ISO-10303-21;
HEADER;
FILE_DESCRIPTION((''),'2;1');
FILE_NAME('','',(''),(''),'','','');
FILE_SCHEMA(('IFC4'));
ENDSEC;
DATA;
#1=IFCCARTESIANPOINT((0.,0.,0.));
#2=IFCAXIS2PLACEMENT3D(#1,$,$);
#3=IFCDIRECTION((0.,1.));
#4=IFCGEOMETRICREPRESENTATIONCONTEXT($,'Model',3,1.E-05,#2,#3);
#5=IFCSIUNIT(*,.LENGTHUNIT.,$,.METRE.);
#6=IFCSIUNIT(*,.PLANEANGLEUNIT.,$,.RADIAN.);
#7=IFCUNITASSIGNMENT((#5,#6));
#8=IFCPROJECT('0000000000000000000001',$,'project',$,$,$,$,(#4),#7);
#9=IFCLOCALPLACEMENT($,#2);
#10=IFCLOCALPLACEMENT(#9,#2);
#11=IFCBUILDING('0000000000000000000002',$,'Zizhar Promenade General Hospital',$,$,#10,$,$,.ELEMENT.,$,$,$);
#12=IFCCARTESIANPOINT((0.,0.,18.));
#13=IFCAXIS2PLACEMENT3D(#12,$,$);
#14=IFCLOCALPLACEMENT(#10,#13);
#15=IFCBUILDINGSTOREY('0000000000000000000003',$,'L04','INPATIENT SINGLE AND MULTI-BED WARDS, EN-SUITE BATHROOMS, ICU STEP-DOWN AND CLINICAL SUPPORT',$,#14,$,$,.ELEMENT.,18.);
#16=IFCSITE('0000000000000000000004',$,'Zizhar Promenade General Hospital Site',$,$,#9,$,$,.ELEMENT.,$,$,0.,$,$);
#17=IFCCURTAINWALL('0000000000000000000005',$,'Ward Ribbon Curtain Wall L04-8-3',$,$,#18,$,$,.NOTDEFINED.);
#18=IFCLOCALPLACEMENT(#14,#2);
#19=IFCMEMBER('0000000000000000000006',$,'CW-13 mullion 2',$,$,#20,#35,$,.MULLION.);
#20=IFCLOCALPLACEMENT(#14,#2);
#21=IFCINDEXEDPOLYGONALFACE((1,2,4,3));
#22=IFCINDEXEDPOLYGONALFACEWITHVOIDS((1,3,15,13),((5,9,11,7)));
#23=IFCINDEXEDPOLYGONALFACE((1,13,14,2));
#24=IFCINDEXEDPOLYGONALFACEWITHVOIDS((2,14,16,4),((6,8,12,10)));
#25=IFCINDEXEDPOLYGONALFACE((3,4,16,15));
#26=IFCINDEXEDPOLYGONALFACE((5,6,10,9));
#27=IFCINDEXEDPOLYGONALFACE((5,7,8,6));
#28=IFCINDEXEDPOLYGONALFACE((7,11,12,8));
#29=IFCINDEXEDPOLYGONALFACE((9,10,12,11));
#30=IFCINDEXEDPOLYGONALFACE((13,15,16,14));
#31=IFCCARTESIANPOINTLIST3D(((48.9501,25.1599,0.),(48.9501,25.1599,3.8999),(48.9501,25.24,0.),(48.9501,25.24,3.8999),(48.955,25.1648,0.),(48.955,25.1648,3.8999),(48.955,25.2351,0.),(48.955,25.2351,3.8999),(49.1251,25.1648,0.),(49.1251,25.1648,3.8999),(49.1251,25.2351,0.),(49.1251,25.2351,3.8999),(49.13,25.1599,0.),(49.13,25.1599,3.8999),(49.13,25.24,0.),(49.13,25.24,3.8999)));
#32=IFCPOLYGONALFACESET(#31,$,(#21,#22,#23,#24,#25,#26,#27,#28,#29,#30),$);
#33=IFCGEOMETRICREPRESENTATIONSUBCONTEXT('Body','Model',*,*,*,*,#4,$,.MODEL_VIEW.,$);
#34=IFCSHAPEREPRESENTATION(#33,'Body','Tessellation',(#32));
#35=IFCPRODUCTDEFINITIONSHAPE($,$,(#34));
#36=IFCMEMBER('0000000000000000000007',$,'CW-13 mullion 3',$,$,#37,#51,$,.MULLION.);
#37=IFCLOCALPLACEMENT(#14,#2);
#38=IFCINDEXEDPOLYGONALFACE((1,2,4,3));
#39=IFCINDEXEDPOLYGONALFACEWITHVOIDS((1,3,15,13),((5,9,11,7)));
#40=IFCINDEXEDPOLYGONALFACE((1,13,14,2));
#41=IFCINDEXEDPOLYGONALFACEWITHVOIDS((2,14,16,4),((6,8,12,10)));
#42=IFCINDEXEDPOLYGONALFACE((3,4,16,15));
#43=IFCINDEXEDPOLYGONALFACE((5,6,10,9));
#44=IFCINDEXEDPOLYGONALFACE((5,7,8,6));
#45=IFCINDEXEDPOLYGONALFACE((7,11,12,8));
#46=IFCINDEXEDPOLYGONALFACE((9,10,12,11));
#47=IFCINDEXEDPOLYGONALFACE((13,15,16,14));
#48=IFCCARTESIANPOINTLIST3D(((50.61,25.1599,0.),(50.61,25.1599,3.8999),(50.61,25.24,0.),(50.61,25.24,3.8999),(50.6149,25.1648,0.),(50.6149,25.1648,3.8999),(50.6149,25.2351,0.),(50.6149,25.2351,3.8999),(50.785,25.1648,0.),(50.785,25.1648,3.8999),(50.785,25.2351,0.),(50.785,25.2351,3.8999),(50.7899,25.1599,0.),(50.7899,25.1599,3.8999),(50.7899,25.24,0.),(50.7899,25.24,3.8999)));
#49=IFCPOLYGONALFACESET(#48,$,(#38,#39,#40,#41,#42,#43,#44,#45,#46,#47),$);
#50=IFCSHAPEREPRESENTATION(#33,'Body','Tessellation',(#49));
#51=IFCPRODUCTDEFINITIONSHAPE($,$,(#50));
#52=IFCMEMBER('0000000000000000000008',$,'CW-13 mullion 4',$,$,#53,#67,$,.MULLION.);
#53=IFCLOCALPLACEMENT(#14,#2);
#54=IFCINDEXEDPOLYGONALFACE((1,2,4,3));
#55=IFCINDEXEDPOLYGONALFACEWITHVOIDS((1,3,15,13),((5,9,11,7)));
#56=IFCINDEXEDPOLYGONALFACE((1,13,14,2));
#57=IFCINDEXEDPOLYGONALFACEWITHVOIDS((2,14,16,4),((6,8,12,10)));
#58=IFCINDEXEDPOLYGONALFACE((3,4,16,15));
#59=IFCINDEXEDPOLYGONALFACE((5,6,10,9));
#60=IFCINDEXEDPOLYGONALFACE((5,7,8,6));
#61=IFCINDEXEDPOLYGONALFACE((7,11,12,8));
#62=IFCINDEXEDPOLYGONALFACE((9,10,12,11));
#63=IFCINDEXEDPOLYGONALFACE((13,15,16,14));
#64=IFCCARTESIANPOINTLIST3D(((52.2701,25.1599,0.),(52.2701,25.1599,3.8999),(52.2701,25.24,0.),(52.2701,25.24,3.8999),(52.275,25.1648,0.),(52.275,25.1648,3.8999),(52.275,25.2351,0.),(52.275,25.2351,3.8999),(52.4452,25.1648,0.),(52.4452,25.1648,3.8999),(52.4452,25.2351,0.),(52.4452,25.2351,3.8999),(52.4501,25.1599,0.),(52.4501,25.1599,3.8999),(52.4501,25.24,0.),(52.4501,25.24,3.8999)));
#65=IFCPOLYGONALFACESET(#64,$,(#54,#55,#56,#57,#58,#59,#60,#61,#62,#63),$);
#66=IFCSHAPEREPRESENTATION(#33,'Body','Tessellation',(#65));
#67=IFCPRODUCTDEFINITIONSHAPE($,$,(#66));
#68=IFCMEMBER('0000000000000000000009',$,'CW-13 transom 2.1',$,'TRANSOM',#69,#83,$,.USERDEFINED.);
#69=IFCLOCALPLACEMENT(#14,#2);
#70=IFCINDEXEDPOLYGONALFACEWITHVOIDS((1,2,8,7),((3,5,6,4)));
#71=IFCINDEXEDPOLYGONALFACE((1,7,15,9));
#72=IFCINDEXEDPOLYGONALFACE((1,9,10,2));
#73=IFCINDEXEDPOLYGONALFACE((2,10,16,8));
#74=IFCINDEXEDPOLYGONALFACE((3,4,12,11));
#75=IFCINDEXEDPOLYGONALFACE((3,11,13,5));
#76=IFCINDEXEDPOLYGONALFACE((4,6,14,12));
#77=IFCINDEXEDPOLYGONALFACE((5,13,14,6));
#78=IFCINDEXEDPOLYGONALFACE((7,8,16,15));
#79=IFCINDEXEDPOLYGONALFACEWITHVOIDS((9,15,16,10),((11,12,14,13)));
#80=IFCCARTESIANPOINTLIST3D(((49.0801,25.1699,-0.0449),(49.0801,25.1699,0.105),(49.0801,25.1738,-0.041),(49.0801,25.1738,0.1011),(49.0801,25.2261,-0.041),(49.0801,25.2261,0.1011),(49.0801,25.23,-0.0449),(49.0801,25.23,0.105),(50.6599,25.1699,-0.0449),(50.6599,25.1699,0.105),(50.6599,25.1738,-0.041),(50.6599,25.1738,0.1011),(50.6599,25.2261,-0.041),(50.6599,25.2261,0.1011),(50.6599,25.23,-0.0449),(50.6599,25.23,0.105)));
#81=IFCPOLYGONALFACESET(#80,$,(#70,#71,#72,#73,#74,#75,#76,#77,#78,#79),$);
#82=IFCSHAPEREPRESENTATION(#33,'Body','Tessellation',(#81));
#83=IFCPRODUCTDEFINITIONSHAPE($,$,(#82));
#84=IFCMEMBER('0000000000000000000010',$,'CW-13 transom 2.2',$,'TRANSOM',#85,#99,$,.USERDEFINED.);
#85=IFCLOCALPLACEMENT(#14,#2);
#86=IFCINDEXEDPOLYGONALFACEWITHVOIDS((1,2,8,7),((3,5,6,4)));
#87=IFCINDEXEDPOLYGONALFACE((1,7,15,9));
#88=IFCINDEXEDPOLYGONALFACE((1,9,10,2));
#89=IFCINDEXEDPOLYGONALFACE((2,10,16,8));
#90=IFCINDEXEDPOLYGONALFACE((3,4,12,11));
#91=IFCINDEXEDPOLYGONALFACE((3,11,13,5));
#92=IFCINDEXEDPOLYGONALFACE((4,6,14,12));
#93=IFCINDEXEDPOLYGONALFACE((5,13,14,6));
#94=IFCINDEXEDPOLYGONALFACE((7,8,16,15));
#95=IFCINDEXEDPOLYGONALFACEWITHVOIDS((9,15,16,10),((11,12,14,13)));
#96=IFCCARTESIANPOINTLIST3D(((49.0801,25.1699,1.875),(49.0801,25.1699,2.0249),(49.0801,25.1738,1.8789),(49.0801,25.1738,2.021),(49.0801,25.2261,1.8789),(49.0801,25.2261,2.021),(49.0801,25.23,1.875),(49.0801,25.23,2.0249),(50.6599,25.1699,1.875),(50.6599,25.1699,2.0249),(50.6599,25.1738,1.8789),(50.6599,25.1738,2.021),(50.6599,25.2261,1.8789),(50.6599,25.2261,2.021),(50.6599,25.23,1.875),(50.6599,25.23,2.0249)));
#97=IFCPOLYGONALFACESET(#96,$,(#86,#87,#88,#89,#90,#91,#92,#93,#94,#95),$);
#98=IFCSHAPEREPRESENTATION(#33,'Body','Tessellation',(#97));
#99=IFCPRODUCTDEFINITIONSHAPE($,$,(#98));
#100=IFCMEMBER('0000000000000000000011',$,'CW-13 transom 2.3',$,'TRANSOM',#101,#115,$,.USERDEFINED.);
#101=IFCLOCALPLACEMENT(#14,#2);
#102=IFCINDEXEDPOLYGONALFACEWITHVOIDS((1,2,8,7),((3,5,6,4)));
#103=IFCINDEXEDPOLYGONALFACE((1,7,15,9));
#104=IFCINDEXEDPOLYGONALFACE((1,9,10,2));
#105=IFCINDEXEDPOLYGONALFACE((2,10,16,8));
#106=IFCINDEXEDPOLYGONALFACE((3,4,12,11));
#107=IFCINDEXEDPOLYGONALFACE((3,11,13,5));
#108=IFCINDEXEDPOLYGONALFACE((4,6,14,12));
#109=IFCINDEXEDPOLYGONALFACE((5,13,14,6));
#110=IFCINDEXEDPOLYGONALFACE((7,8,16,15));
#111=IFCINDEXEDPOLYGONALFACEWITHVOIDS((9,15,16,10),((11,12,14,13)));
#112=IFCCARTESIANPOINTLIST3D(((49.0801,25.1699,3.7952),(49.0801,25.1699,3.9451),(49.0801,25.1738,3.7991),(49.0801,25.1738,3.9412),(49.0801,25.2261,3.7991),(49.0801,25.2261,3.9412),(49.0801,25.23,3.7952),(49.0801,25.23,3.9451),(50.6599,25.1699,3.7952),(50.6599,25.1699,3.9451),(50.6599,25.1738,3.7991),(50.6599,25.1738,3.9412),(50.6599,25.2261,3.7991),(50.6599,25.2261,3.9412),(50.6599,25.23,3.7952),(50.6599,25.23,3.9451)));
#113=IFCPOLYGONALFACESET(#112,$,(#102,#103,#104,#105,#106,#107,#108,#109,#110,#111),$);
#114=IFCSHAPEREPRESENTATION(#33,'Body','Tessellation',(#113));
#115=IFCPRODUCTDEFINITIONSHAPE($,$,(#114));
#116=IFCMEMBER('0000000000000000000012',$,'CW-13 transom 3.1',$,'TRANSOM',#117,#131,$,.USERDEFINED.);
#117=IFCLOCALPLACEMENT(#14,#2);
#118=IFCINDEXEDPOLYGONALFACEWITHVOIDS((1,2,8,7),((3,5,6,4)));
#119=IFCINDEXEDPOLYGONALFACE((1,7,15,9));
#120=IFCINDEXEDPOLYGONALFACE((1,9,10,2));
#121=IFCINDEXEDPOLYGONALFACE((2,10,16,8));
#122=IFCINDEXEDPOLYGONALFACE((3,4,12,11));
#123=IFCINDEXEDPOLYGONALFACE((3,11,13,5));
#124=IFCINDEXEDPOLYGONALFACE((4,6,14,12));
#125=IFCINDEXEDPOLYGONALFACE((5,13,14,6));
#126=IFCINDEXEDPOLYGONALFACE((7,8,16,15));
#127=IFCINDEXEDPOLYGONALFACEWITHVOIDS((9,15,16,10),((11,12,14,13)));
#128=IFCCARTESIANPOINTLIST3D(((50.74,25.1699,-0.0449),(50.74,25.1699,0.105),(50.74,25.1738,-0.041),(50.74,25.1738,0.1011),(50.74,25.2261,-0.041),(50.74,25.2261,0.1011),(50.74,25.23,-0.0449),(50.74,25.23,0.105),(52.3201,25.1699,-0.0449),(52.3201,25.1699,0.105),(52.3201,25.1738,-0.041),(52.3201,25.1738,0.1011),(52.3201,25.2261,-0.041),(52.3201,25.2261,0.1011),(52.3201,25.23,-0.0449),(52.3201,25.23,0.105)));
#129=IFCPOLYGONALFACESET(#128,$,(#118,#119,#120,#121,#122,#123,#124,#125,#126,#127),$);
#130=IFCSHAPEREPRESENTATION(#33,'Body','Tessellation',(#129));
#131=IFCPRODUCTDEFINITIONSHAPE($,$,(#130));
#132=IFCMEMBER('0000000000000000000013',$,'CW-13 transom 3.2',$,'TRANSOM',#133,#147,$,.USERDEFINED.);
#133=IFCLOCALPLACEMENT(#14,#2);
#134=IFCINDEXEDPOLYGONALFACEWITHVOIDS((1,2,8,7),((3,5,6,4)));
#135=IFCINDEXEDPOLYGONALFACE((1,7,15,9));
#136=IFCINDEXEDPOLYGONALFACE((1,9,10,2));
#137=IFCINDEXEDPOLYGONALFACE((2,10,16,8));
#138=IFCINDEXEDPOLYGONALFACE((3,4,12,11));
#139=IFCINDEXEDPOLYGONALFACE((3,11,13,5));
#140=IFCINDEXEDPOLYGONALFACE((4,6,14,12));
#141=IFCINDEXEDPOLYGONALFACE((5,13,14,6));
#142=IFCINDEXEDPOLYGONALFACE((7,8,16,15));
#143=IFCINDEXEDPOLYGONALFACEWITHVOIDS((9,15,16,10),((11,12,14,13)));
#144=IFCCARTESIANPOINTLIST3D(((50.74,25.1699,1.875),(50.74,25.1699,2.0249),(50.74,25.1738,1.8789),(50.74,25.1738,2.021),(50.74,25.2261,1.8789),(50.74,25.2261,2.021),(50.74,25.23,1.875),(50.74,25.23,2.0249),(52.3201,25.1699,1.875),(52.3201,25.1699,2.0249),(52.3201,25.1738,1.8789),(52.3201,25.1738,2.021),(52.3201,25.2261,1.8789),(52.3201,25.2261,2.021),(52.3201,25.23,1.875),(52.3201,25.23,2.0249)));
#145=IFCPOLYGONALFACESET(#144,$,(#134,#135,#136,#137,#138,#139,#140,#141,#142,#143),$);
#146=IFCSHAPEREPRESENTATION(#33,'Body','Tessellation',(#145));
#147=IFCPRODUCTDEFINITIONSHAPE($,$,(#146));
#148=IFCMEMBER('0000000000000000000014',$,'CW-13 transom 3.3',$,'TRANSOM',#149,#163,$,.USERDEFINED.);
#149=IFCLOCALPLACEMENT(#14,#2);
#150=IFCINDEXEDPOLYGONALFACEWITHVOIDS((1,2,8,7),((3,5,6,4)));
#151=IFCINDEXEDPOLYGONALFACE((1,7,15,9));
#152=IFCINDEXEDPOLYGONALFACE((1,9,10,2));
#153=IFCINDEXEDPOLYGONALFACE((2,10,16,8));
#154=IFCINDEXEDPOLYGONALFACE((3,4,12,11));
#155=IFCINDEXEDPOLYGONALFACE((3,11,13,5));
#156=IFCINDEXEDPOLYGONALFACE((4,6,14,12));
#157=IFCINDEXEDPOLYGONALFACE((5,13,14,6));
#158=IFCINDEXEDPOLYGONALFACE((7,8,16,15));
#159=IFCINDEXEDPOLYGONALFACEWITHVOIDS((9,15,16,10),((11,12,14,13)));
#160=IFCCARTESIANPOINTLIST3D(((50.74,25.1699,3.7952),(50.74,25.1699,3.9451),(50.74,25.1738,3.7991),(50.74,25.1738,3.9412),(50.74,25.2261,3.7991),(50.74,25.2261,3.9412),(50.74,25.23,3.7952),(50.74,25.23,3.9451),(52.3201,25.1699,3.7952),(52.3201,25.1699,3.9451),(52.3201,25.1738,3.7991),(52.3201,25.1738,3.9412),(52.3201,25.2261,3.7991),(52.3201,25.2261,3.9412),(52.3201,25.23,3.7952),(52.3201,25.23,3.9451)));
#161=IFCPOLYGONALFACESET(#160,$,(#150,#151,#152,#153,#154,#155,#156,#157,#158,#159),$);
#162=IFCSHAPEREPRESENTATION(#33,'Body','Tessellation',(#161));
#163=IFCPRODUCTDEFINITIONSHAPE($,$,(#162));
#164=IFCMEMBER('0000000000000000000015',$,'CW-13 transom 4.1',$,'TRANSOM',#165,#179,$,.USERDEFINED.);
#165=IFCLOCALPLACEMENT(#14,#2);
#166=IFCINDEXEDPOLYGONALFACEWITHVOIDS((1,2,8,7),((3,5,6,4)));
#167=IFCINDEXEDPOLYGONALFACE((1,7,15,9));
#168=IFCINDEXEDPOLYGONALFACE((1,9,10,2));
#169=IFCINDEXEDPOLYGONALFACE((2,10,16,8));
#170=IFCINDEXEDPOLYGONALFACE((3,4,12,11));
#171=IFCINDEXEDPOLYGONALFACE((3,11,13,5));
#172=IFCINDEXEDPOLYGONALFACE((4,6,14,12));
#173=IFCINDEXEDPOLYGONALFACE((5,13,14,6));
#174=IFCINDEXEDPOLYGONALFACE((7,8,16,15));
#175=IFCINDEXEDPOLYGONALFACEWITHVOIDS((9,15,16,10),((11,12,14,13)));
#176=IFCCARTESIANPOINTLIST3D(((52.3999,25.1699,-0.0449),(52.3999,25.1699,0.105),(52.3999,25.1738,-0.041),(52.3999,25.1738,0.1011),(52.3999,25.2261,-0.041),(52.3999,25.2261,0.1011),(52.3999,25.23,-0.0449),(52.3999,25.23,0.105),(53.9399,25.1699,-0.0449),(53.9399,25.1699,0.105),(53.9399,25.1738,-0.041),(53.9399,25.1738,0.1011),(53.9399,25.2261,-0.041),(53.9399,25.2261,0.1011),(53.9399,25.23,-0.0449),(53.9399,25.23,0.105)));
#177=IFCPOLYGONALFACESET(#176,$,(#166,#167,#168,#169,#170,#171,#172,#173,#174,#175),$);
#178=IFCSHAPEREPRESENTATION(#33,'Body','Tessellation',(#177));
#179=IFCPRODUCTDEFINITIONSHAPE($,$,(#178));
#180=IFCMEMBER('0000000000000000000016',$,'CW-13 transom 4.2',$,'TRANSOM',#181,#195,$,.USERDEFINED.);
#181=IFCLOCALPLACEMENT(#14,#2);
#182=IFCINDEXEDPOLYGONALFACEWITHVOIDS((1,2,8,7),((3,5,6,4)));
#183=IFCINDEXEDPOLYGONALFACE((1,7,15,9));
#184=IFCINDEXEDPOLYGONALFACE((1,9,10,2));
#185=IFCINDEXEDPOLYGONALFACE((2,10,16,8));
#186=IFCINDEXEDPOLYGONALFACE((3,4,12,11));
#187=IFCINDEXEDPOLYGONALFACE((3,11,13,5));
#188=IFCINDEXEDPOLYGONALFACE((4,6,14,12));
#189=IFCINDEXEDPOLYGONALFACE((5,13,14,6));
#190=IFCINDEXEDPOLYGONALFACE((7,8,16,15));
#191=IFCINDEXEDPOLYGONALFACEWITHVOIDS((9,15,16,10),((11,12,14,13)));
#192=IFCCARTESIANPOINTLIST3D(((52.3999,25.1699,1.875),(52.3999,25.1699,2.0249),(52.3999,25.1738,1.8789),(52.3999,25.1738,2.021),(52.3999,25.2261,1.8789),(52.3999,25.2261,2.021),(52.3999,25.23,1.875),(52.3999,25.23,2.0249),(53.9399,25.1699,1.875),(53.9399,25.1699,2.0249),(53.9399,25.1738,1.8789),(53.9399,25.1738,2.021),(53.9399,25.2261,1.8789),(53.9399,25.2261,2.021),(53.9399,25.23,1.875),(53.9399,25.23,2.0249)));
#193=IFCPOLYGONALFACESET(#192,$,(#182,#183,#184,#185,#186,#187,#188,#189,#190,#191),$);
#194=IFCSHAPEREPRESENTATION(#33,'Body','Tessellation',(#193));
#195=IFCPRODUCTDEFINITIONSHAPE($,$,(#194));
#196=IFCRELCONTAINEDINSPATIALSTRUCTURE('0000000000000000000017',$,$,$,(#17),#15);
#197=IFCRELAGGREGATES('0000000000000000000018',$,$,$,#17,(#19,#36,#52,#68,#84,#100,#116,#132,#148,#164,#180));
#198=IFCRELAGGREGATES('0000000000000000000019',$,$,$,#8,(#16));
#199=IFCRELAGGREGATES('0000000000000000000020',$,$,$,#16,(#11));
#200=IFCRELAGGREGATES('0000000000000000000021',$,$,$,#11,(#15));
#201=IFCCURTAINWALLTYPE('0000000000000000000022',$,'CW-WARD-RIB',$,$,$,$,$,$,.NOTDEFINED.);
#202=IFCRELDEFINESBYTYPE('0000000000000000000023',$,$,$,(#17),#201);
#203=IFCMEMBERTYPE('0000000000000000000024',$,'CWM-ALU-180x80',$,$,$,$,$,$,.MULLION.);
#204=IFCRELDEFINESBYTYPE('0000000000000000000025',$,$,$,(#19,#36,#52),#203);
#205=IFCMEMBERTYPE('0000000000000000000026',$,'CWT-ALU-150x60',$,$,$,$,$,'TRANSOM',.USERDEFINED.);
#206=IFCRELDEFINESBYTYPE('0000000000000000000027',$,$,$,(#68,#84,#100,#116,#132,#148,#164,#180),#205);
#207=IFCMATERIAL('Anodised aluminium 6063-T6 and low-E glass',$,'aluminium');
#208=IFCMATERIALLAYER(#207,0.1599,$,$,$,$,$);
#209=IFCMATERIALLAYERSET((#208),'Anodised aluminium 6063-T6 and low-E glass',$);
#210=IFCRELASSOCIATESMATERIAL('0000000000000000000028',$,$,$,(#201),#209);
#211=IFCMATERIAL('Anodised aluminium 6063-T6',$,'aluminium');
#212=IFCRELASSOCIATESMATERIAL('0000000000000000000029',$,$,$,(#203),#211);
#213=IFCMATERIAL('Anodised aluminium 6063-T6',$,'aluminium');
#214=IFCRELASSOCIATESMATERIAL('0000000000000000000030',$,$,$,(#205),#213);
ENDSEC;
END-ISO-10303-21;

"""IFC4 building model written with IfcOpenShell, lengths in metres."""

from ifc_helpers import new_model, si_unit, direction, frame, origin, origin_2d, place, context, subcontext, project, spatial, hollow_rectangle, extrude, material, layer, layer_set, material_profile, profile_set, type_object, element, aggregate, save


model = new_model("IFC4")

# Units and contexts
model_context = context("Model", 3, precision=1e-05, world=origin(), true_north=direction((0.0, 1.0)))
body_context = subcontext(model_context, "Body", "Model", "MODEL_VIEW")
ifc_project = project(units=[si_unit("LENGTHUNIT", "METRE"), si_unit("PLANEANGLEUNIT", "RADIAN")], contexts=[model_context])

# Site, building, storey
site_placement = place(None, origin())
site = spatial("IfcSite", under=ifc_project, at=site_placement, Name="Zizhar Promenade General Hospital Site", CompositionType="ELEMENT", RefElevation=0.0)
building_placement = place(site_placement, origin())
building = spatial("IfcBuilding", under=site, at=building_placement, Name="Zizhar Promenade General Hospital", CompositionType="ELEMENT")
storey_placement = place(building_placement, frame((0.0, 0.0, 18.0)))
storey = spatial("IfcBuildingStorey", under=building, at=storey_placement, Name="L04", Description="INPATIENT SINGLE AND MULTI-BED WARDS, EN-SUITE BATHROOMS, ICU STEP-DOWN AND CLINICAL SUPPORT", CompositionType="ELEMENT", Elevation=18.0)

# Curtain wall, members
ifc_material_1 = material(Name="Anodised aluminium 6063-T6 and low-E glass", Category="aluminium")
ifc_layer_1 = layer(ifc_material_1, 0.1599)
ifc_layer_set_1 = layer_set([ifc_layer_1], Name="Anodised aluminium 6063-T6 and low-E glass")
curtain_wall_type = type_object("IfcCurtainWallType", Name="CW-WARD-RIB", PredefinedType="NOTDEFINED", material=ifc_layer_set_1)
curtain_wall_placement = place(storey_placement, origin())
curtain_wall = element("IfcCurtainWall", 1, at=curtain_wall_placement, inside=storey, type_object=curtain_wall_type, Name="Ward Ribbon Curtain Wall L04-8-3", PredefinedType="NOTDEFINED")
ifc_material_2 = material(Name="Anodised aluminium 6063-T6", Category="aluminium")
ifc_material_profile_1 = material_profile(ifc_material_2, hollow_rectangle(XDim=0.0801, YDim=0.1799, WallThickness=0.0049, at=origin_2d()))
ifc_profile_set_1 = profile_set([ifc_material_profile_1], Name="Anodised aluminium 6063-T6")
member_type_1 = type_object("IfcMemberType", Name="CWM-ALU-180x80", PredefinedType="MULLION", material=ifc_profile_set_1)
member_1_placement = place(storey_placement, frame((49.04, 25.2, 0.0), z_axis=(0.0, 0.0, 1.0), x_axis=(0.0, 1.0, 0.0)))
member_1 = element("IfcMember", 2, at=member_1_placement, type_object=member_type_1, Name="CW-13 mullion 2", PredefinedType="MULLION", context=body_context, shape_type="SweptSolid", body=[
    extrude(hollow_rectangle(XDim=0.0801, YDim=0.1799, WallThickness=0.0049, at=origin_2d()), origin(), (0.0, 0.0, 1.0), 3.8999),
])
member_2_placement = place(storey_placement, frame((50.7, 25.2, 0.0), z_axis=(0.0, 0.0, 1.0), x_axis=(0.0, 1.0, 0.0)))
member_2 = element("IfcMember", 3, at=member_2_placement, type_object=member_type_1, Name="CW-13 mullion 3", PredefinedType="MULLION", context=body_context, shape_type="SweptSolid", body=[
    extrude(hollow_rectangle(XDim=0.0801, YDim=0.1799, WallThickness=0.0049, at=origin_2d()), origin(), (0.0, 0.0, 1.0), 3.8999),
])
member_3_placement = place(storey_placement, frame((52.3601, 25.2, 0.0), z_axis=(0.0, 0.0, 1.0), x_axis=(0.0, 1.0, 0.0)))
member_3 = element("IfcMember", 4, at=member_3_placement, type_object=member_type_1, Name="CW-13 mullion 4", PredefinedType="MULLION", context=body_context, shape_type="SweptSolid", body=[
    extrude(hollow_rectangle(XDim=0.0801, YDim=0.1799, WallThickness=0.0049, at=origin_2d()), origin(), (0.0, 0.0, 1.0), 3.8999),
])
ifc_material_3 = material(Name="Anodised aluminium 6063-T6", Category="aluminium")
ifc_material_profile_2 = material_profile(ifc_material_3, hollow_rectangle(XDim=0.0601, YDim=0.1499, WallThickness=0.0039, at=origin_2d()))
ifc_profile_set_2 = profile_set([ifc_material_profile_2], Name="Anodised aluminium 6063-T6")
member_type_2 = type_object("IfcMemberType", Name="CWT-ALU-150x60", ElementType="TRANSOM", PredefinedType="USERDEFINED", material=ifc_profile_set_2)
member_4_placement = place(storey_placement, frame((49.0801, 25.2, 0.03), z_axis=(1.0, 0.0, 0.0), x_axis=(0.0, 1.0, 0.0)))
member_4 = element("IfcMember", 5, at=member_4_placement, type_object=member_type_2, Name="CW-13 transom 2.1", ObjectType="TRANSOM", PredefinedType="USERDEFINED", context=body_context, shape_type="SweptSolid", body=[
    extrude(hollow_rectangle(XDim=0.0601, YDim=0.1499, WallThickness=0.0039, at=origin_2d()), origin(), (0.0, 0.0, 1.0), 1.5798),
])
member_5_placement = place(storey_placement, frame((49.0801, 25.2, 1.95), z_axis=(1.0, 0.0, 0.0), x_axis=(0.0, 1.0, 0.0)))
member_5 = element("IfcMember", 6, at=member_5_placement, type_object=member_type_2, Name="CW-13 transom 2.2", ObjectType="TRANSOM", PredefinedType="USERDEFINED", context=body_context, shape_type="SweptSolid", body=[
    extrude(hollow_rectangle(XDim=0.0601, YDim=0.1499, WallThickness=0.0039, at=origin_2d()), origin(), (0.0, 0.0, 1.0), 1.5798),
])
member_6_placement = place(storey_placement, frame((49.0801, 25.2, 3.8701), z_axis=(1.0, 0.0, 0.0), x_axis=(0.0, 1.0, 0.0)))
member_6 = element("IfcMember", 7, at=member_6_placement, type_object=member_type_2, Name="CW-13 transom 2.3", ObjectType="TRANSOM", PredefinedType="USERDEFINED", context=body_context, shape_type="SweptSolid", body=[
    extrude(hollow_rectangle(XDim=0.0601, YDim=0.1499, WallThickness=0.0039, at=origin_2d()), origin(), (0.0, 0.0, 1.0), 1.5798),
])
member_7_placement = place(storey_placement, frame((50.74, 25.2, 0.03), z_axis=(1.0, 0.0, 0.0), x_axis=(0.0, 1.0, 0.0)))
member_7 = element("IfcMember", 8, at=member_7_placement, type_object=member_type_2, Name="CW-13 transom 3.1", ObjectType="TRANSOM", PredefinedType="USERDEFINED", context=body_context, shape_type="SweptSolid", body=[
    extrude(hollow_rectangle(XDim=0.0601, YDim=0.1499, WallThickness=0.0039, at=origin_2d()), origin(), (0.0, 0.0, 1.0), 1.5801),
])
member_8_placement = place(storey_placement, frame((50.74, 25.2, 1.95), z_axis=(1.0, 0.0, 0.0), x_axis=(0.0, 1.0, 0.0)))
member_8 = element("IfcMember", 9, at=member_8_placement, type_object=member_type_2, Name="CW-13 transom 3.2", ObjectType="TRANSOM", PredefinedType="USERDEFINED", context=body_context, shape_type="SweptSolid", body=[
    extrude(hollow_rectangle(XDim=0.0601, YDim=0.1499, WallThickness=0.0039, at=origin_2d()), origin(), (0.0, 0.0, 1.0), 1.5801),
])
member_9_placement = place(storey_placement, frame((50.74, 25.2, 3.8701), z_axis=(1.0, 0.0, 0.0), x_axis=(0.0, 1.0, 0.0)))
member_9 = element("IfcMember", 10, at=member_9_placement, type_object=member_type_2, Name="CW-13 transom 3.3", ObjectType="TRANSOM", PredefinedType="USERDEFINED", context=body_context, shape_type="SweptSolid", body=[
    extrude(hollow_rectangle(XDim=0.0601, YDim=0.1499, WallThickness=0.0039, at=origin_2d()), origin(), (0.0, 0.0, 1.0), 1.5801),
])
member_10_placement = place(storey_placement, frame((52.3999, 25.2, 0.03), z_axis=(1.0, 0.0, 0.0), x_axis=(0.0, 1.0, 0.0)))
member_10 = element("IfcMember", 11, at=member_10_placement, type_object=member_type_2, Name="CW-13 transom 4.1", ObjectType="TRANSOM", PredefinedType="USERDEFINED", context=body_context, shape_type="SweptSolid", body=[
    extrude(hollow_rectangle(XDim=0.0601, YDim=0.1499, WallThickness=0.0039, at=origin_2d()), origin(), (0.0, 0.0, 1.0), 1.54),
])
member_11_placement = place(storey_placement, frame((52.3999, 25.2, 1.95), z_axis=(1.0, 0.0, 0.0), x_axis=(0.0, 1.0, 0.0)))
member_11 = element("IfcMember", 12, at=member_11_placement, type_object=member_type_2, Name="CW-13 transom 4.2", ObjectType="TRANSOM", PredefinedType="USERDEFINED", context=body_context, shape_type="SweptSolid", body=[
    extrude(hollow_rectangle(XDim=0.0601, YDim=0.1499, WallThickness=0.0039, at=origin_2d()), origin(), (0.0, 0.0, 1.0), 1.54),
])
aggregate(curtain_wall, [member_1, member_2, member_3, member_4, member_5, member_6, member_7, member_8, member_9, member_10, member_11])

save(model, "model.ifc")
